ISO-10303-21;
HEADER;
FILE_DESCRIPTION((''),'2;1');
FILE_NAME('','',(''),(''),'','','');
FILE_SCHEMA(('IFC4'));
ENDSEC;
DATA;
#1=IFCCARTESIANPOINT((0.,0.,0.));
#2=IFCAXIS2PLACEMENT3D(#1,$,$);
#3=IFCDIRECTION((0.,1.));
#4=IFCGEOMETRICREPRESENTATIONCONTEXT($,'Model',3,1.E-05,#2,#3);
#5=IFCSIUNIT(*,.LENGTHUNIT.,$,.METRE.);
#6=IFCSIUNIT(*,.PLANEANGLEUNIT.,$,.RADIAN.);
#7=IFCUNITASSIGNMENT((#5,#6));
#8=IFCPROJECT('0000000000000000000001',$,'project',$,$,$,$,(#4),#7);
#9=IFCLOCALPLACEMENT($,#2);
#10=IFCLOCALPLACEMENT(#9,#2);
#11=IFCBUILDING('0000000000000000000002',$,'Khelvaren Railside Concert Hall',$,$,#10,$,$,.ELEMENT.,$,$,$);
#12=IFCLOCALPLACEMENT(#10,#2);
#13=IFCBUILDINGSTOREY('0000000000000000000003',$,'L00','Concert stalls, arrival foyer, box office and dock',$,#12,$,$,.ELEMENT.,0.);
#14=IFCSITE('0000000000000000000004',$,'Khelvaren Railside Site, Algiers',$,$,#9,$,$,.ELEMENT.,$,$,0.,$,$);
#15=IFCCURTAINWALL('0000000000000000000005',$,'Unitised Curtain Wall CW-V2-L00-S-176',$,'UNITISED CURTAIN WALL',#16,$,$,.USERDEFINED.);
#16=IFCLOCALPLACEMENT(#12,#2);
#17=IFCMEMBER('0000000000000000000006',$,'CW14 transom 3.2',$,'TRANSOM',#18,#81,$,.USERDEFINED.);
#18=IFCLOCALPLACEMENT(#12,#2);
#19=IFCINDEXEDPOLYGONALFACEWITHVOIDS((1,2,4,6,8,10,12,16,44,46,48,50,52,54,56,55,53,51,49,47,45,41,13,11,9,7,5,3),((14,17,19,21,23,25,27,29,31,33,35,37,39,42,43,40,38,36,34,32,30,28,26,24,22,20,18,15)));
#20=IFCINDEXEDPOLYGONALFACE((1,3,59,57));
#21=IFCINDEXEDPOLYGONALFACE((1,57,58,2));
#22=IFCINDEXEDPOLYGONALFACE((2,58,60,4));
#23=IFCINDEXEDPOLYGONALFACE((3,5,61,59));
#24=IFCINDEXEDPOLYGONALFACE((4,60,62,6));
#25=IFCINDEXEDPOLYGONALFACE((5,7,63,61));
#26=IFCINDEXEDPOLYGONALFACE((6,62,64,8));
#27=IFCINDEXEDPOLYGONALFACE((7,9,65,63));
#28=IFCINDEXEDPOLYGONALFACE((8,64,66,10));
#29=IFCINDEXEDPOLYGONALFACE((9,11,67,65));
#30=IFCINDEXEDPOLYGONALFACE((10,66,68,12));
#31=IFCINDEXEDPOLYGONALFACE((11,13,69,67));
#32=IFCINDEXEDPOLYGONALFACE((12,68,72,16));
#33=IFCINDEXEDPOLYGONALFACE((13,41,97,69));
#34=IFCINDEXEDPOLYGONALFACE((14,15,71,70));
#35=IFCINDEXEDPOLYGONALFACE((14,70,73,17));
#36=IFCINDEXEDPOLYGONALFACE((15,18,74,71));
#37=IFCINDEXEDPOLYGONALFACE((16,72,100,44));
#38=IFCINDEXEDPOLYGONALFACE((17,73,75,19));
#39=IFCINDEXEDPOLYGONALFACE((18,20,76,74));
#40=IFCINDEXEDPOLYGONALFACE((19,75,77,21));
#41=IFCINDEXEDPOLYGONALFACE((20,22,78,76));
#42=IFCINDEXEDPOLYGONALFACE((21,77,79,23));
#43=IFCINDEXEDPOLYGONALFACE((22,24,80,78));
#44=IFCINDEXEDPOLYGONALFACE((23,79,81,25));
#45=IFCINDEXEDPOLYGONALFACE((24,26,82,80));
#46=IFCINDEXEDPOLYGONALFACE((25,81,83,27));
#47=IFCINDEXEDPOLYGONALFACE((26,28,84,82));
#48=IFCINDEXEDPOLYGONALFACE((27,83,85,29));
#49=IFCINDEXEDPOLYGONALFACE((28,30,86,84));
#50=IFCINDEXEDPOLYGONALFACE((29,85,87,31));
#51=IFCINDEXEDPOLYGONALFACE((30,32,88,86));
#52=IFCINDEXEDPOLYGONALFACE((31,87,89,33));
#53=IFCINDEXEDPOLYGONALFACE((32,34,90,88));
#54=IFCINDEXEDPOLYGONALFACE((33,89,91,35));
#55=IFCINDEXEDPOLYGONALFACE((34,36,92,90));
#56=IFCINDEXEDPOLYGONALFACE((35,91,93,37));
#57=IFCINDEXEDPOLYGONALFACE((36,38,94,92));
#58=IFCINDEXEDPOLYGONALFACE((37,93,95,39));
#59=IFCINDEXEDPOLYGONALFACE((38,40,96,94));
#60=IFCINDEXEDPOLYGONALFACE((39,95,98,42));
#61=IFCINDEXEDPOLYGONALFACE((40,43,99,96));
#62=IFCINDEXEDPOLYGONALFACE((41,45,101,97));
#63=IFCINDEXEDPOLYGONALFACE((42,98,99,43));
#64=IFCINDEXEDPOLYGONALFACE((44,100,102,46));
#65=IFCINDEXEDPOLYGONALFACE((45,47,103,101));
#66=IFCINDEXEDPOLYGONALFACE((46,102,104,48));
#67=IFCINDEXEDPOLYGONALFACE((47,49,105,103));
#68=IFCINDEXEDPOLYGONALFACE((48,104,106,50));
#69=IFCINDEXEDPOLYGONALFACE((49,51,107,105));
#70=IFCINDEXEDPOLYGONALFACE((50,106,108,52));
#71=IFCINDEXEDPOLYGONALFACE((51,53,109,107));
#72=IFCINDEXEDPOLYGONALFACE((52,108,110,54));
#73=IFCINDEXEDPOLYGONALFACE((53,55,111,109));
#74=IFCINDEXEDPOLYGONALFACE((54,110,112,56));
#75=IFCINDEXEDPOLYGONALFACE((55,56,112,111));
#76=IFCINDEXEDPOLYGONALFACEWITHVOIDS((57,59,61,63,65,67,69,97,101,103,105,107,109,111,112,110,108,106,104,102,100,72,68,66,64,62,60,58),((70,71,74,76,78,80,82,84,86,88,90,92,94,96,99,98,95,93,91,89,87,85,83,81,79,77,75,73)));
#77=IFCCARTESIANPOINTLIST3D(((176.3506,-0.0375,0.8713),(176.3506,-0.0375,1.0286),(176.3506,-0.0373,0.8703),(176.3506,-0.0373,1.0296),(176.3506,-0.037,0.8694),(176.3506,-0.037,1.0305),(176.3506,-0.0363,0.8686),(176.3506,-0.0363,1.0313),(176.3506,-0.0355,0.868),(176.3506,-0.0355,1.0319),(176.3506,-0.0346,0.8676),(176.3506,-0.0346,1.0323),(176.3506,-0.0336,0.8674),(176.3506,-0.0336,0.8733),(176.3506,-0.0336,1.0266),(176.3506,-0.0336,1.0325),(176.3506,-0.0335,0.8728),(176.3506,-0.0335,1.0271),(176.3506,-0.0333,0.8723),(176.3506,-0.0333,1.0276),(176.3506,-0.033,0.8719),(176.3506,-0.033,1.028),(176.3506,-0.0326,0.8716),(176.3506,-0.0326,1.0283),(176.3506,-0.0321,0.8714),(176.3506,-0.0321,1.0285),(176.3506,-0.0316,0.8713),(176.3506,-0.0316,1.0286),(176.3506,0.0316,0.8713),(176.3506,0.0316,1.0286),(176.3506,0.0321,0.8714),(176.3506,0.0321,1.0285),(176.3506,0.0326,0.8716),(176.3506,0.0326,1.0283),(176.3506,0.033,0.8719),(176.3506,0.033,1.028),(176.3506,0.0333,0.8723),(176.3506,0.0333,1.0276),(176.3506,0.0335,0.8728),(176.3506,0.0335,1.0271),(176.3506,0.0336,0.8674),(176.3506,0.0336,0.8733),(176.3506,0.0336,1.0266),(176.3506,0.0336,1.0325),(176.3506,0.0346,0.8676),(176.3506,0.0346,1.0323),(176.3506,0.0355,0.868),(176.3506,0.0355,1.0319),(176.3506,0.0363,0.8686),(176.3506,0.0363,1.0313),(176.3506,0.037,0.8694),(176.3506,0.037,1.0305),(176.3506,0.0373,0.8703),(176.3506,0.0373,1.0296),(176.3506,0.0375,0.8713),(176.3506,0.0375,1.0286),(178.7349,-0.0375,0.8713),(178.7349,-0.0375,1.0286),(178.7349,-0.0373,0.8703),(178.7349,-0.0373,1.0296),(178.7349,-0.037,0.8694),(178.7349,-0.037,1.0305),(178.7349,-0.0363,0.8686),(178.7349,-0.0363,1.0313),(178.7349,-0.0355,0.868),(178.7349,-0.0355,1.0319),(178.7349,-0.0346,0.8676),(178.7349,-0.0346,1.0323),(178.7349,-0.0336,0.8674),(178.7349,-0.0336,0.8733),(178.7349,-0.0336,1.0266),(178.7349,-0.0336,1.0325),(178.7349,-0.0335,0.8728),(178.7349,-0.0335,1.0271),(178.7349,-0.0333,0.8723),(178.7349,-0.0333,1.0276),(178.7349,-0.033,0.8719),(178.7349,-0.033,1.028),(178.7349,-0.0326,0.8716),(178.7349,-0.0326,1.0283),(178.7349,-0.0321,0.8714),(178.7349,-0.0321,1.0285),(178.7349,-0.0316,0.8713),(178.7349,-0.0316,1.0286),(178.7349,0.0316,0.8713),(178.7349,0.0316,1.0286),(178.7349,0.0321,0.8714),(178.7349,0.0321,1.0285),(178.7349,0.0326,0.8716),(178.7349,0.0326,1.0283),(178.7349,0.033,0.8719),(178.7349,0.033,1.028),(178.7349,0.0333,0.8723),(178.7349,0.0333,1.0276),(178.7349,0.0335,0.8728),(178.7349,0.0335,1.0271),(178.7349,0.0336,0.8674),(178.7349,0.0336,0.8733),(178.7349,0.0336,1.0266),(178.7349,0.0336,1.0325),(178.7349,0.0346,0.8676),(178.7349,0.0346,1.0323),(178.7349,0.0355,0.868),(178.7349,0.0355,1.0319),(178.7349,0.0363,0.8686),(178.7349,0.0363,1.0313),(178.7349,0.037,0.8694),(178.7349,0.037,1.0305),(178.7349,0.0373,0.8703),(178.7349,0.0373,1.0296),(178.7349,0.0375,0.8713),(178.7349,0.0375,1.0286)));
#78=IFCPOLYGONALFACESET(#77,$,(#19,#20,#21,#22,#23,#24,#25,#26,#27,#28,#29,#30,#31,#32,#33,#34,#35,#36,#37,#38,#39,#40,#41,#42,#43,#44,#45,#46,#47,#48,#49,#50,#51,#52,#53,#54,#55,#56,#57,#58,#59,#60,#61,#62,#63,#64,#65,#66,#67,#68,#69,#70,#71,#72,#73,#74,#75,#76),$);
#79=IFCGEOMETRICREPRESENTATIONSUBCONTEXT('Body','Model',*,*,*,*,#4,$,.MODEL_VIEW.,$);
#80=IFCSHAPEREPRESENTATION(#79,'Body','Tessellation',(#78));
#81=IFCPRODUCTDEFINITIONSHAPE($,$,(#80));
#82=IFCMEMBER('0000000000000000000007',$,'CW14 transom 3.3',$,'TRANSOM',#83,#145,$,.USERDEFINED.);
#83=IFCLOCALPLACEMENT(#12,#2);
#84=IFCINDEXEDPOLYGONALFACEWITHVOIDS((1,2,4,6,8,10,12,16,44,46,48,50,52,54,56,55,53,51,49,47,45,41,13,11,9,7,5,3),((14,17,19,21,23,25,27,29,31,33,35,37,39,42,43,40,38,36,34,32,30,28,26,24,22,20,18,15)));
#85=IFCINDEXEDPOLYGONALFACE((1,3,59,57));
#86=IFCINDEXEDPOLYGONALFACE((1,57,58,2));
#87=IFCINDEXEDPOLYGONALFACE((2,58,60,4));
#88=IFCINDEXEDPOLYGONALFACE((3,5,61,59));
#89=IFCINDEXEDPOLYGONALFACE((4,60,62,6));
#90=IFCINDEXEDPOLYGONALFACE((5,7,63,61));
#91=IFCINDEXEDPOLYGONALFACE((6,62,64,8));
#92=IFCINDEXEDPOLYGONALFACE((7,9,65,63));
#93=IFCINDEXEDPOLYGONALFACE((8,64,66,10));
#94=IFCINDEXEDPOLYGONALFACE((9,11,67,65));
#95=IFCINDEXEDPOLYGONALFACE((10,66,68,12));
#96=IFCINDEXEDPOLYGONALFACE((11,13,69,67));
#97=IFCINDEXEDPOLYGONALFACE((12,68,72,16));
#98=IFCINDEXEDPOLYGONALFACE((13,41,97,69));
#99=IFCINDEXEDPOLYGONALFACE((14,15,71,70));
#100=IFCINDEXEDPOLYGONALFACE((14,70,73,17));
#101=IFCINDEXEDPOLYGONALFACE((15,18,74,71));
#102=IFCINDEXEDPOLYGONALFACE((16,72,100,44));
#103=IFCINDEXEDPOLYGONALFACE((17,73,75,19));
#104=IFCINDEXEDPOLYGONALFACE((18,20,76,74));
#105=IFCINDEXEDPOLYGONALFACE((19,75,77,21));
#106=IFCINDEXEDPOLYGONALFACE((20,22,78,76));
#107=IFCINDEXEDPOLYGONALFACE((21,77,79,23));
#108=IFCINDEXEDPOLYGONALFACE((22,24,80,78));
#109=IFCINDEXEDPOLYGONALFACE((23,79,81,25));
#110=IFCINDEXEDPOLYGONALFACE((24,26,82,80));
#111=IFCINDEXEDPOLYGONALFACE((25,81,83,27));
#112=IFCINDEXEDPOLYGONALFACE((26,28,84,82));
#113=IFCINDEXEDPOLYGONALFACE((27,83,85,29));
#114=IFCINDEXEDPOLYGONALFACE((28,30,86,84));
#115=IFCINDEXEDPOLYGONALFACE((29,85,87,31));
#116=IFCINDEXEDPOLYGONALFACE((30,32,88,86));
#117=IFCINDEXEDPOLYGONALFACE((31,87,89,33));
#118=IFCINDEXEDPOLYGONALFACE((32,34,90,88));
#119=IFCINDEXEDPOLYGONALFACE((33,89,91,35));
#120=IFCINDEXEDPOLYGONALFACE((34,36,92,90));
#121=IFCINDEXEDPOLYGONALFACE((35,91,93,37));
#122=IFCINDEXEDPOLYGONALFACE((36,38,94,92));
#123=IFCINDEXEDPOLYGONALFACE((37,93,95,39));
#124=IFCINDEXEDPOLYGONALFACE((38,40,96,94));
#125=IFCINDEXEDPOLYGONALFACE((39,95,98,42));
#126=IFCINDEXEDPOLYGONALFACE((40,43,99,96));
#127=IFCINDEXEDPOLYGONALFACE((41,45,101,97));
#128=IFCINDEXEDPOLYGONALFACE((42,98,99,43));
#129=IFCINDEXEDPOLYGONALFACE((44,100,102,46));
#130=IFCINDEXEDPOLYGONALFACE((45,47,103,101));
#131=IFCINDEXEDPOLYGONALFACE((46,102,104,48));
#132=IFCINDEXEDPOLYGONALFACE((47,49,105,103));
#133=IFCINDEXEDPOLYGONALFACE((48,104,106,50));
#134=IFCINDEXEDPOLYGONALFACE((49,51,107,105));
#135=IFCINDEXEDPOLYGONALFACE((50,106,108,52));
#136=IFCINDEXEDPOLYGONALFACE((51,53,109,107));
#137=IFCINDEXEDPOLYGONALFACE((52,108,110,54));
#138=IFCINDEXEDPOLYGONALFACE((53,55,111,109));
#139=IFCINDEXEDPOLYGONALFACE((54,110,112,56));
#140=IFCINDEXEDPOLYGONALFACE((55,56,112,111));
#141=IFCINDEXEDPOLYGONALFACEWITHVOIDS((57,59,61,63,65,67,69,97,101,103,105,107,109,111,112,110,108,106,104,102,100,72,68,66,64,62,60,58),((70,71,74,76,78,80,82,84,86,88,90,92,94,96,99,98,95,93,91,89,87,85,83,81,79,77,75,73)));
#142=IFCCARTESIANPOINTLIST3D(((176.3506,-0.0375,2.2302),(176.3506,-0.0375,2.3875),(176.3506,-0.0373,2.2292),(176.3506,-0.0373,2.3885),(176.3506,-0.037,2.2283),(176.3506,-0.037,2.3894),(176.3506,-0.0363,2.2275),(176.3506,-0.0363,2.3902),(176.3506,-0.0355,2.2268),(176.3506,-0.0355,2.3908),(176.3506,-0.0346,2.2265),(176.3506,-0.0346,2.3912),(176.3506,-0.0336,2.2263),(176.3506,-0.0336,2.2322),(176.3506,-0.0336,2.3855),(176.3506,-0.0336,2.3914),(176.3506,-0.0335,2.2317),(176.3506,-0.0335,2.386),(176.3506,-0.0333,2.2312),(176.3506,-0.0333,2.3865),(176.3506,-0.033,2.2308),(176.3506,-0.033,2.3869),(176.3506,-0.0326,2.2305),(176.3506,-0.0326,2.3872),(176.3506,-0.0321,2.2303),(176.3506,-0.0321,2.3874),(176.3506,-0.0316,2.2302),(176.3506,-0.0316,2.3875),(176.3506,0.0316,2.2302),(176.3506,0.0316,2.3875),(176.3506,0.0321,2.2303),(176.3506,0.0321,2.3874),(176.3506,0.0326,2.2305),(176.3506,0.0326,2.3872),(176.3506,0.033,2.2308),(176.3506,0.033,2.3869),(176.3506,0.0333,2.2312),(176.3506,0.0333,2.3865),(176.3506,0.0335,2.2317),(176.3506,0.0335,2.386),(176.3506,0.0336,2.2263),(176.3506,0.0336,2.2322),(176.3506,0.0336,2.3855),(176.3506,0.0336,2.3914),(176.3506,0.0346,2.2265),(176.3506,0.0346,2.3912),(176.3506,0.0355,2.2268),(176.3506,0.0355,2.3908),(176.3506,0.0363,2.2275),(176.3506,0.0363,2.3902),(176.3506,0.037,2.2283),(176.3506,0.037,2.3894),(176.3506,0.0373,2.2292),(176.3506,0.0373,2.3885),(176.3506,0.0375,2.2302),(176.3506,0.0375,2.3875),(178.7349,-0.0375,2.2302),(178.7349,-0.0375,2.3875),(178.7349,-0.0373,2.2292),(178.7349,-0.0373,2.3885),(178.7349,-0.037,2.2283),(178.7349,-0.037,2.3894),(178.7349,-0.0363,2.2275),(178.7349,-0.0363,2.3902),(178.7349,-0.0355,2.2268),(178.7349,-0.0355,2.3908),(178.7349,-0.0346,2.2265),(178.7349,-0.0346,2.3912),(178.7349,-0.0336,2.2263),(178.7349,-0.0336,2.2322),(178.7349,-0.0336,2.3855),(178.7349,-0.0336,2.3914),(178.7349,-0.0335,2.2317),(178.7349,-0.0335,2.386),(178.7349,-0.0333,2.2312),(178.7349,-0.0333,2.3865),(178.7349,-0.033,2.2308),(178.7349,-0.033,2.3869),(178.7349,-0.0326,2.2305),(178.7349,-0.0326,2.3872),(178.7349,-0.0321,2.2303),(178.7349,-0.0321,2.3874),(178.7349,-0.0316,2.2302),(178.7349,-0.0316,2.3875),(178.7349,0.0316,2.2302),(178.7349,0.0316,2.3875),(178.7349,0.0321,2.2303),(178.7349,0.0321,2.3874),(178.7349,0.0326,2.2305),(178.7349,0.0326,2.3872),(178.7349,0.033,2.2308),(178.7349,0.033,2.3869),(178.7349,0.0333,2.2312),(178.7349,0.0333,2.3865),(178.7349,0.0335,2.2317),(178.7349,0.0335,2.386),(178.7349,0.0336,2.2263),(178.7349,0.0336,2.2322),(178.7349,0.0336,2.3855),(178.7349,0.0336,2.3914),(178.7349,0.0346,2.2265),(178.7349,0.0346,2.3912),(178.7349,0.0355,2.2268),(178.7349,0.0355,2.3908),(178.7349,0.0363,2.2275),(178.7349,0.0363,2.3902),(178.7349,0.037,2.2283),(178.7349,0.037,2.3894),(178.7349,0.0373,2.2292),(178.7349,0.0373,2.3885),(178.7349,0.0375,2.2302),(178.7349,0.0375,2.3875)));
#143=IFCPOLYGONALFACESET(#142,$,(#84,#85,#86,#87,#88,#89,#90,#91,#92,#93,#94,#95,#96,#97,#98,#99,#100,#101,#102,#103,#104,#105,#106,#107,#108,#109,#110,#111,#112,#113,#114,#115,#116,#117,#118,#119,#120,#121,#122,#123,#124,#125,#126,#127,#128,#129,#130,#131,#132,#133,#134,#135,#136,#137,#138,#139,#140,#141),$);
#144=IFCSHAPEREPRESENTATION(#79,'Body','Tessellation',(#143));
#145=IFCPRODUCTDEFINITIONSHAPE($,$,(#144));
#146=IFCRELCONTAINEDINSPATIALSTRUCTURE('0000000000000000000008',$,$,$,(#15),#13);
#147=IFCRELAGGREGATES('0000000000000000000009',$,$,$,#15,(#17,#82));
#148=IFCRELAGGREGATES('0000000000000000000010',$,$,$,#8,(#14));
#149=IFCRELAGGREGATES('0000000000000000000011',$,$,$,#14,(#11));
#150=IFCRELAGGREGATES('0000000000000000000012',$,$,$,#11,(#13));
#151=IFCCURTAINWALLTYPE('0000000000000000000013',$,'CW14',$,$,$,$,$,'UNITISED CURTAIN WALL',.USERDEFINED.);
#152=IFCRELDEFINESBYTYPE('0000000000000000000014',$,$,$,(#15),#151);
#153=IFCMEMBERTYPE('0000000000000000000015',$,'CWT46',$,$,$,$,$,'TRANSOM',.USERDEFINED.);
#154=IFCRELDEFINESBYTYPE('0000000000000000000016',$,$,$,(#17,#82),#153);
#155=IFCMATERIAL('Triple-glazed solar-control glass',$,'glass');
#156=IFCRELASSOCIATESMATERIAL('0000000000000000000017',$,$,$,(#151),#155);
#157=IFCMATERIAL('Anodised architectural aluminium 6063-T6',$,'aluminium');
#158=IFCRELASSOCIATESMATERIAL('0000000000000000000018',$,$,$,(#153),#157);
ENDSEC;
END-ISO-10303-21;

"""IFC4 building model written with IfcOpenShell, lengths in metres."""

from ifc_helpers import new_model, si_unit, direction, frame, origin, origin_2d, place, context, subcontext, project, spatial, hollow_rectangle, extrude, material, material_profile, profile_set, type_object, element, aggregate, save


model = new_model("IFC4")

# Units and contexts
model_context = context("Model", 3, precision=1e-05, world=origin(), true_north=direction((0.0, 1.0)))
body_context = subcontext(model_context, "Body", "Model", "MODEL_VIEW")
ifc_project = project(units=[si_unit("LENGTHUNIT", "METRE"), si_unit("PLANEANGLEUNIT", "RADIAN")], contexts=[model_context])

# Site, building, storey
site_placement = place(None, origin())
site = spatial("IfcSite", under=ifc_project, at=site_placement, Name="Khelvaren Railside Site, Algiers", CompositionType="ELEMENT", RefElevation=0.0)
building_placement = place(site_placement, origin())
building = spatial("IfcBuilding", under=site, at=building_placement, Name="Khelvaren Railside Concert Hall", CompositionType="ELEMENT")
storey_placement = place(building_placement, origin())
storey = spatial("IfcBuildingStorey", under=building, at=storey_placement, Name="L00", Description="Concert stalls, arrival foyer, box office and dock", CompositionType="ELEMENT", Elevation=0.0)

# Curtain wall
ifc_material_1 = material(Name="Triple-glazed solar-control glass", Category="glass")
curtain_wall_type_1 = type_object("IfcCurtainWallType", Name="CW14", ElementType="UNITISED CURTAIN WALL", PredefinedType="USERDEFINED", material=ifc_material_1)
curtain_wall_1_placement = place(storey_placement, origin())
curtain_wall_1 = element("IfcCurtainWall", 1, at=curtain_wall_1_placement, inside=storey, type_object=curtain_wall_type_1, Name="Unitised Curtain Wall CW-V2-L00-S-176", ObjectType="UNITISED CURTAIN WALL", PredefinedType="USERDEFINED")
ifc_material_2 = material(Name="Anodised architectural aluminium 6063-T6", Category="aluminium")

# Members
ifc_material_profile_1 = material_profile(ifc_material_2, hollow_rectangle(XDim=0.075, YDim=0.165, WallThickness=0.0039, InnerFilletRadius=0.002, OuterFilletRadius=0.0039, at=origin_2d()), Name="CWT 75x165x4")
ifc_profile_set_1 = profile_set([ifc_material_profile_1], Name="Anodised architectural aluminium 6063-T6")
member_type_1 = type_object("IfcMemberType", Name="CWT46", ElementType="TRANSOM", PredefinedType="USERDEFINED", material=ifc_profile_set_1)
member_1_placement = place(storey_placement, frame((178.7349, 0.0, 0.95), z_axis=(-1.0, 0.0, 0.0), x_axis=(0.0, -1.0, 0.0)))
member_1 = element("IfcMember", 2, at=member_1_placement, type_object=member_type_1, Name="CW14 transom 3.2", ObjectType="TRANSOM", PredefinedType="USERDEFINED", context=body_context, shape_type="SweptSolid", body=[
    extrude(hollow_rectangle(XDim=0.075, YDim=0.165, WallThickness=0.0039, InnerFilletRadius=0.002, OuterFilletRadius=0.0039, at=origin_2d()), origin(), (0.0, 0.0, 1.0), 2.3843),
])
member_2_placement = place(storey_placement, frame((178.7349, 0.0, 2.3088), z_axis=(-1.0, 0.0, 0.0), x_axis=(0.0, -1.0, 0.0)))
member_2 = element("IfcMember", 3, at=member_2_placement, type_object=member_type_1, Name="CW14 transom 3.3", ObjectType="TRANSOM", PredefinedType="USERDEFINED", context=body_context, shape_type="SweptSolid", body=[
    extrude(hollow_rectangle(XDim=0.075, YDim=0.165, WallThickness=0.0039, InnerFilletRadius=0.002, OuterFilletRadius=0.0039, at=origin_2d()), origin(), (0.0, 0.0, 1.0), 2.3843),
])

aggregate(curtain_wall_1, [member_1, member_2])

save(model, "model.ifc")
